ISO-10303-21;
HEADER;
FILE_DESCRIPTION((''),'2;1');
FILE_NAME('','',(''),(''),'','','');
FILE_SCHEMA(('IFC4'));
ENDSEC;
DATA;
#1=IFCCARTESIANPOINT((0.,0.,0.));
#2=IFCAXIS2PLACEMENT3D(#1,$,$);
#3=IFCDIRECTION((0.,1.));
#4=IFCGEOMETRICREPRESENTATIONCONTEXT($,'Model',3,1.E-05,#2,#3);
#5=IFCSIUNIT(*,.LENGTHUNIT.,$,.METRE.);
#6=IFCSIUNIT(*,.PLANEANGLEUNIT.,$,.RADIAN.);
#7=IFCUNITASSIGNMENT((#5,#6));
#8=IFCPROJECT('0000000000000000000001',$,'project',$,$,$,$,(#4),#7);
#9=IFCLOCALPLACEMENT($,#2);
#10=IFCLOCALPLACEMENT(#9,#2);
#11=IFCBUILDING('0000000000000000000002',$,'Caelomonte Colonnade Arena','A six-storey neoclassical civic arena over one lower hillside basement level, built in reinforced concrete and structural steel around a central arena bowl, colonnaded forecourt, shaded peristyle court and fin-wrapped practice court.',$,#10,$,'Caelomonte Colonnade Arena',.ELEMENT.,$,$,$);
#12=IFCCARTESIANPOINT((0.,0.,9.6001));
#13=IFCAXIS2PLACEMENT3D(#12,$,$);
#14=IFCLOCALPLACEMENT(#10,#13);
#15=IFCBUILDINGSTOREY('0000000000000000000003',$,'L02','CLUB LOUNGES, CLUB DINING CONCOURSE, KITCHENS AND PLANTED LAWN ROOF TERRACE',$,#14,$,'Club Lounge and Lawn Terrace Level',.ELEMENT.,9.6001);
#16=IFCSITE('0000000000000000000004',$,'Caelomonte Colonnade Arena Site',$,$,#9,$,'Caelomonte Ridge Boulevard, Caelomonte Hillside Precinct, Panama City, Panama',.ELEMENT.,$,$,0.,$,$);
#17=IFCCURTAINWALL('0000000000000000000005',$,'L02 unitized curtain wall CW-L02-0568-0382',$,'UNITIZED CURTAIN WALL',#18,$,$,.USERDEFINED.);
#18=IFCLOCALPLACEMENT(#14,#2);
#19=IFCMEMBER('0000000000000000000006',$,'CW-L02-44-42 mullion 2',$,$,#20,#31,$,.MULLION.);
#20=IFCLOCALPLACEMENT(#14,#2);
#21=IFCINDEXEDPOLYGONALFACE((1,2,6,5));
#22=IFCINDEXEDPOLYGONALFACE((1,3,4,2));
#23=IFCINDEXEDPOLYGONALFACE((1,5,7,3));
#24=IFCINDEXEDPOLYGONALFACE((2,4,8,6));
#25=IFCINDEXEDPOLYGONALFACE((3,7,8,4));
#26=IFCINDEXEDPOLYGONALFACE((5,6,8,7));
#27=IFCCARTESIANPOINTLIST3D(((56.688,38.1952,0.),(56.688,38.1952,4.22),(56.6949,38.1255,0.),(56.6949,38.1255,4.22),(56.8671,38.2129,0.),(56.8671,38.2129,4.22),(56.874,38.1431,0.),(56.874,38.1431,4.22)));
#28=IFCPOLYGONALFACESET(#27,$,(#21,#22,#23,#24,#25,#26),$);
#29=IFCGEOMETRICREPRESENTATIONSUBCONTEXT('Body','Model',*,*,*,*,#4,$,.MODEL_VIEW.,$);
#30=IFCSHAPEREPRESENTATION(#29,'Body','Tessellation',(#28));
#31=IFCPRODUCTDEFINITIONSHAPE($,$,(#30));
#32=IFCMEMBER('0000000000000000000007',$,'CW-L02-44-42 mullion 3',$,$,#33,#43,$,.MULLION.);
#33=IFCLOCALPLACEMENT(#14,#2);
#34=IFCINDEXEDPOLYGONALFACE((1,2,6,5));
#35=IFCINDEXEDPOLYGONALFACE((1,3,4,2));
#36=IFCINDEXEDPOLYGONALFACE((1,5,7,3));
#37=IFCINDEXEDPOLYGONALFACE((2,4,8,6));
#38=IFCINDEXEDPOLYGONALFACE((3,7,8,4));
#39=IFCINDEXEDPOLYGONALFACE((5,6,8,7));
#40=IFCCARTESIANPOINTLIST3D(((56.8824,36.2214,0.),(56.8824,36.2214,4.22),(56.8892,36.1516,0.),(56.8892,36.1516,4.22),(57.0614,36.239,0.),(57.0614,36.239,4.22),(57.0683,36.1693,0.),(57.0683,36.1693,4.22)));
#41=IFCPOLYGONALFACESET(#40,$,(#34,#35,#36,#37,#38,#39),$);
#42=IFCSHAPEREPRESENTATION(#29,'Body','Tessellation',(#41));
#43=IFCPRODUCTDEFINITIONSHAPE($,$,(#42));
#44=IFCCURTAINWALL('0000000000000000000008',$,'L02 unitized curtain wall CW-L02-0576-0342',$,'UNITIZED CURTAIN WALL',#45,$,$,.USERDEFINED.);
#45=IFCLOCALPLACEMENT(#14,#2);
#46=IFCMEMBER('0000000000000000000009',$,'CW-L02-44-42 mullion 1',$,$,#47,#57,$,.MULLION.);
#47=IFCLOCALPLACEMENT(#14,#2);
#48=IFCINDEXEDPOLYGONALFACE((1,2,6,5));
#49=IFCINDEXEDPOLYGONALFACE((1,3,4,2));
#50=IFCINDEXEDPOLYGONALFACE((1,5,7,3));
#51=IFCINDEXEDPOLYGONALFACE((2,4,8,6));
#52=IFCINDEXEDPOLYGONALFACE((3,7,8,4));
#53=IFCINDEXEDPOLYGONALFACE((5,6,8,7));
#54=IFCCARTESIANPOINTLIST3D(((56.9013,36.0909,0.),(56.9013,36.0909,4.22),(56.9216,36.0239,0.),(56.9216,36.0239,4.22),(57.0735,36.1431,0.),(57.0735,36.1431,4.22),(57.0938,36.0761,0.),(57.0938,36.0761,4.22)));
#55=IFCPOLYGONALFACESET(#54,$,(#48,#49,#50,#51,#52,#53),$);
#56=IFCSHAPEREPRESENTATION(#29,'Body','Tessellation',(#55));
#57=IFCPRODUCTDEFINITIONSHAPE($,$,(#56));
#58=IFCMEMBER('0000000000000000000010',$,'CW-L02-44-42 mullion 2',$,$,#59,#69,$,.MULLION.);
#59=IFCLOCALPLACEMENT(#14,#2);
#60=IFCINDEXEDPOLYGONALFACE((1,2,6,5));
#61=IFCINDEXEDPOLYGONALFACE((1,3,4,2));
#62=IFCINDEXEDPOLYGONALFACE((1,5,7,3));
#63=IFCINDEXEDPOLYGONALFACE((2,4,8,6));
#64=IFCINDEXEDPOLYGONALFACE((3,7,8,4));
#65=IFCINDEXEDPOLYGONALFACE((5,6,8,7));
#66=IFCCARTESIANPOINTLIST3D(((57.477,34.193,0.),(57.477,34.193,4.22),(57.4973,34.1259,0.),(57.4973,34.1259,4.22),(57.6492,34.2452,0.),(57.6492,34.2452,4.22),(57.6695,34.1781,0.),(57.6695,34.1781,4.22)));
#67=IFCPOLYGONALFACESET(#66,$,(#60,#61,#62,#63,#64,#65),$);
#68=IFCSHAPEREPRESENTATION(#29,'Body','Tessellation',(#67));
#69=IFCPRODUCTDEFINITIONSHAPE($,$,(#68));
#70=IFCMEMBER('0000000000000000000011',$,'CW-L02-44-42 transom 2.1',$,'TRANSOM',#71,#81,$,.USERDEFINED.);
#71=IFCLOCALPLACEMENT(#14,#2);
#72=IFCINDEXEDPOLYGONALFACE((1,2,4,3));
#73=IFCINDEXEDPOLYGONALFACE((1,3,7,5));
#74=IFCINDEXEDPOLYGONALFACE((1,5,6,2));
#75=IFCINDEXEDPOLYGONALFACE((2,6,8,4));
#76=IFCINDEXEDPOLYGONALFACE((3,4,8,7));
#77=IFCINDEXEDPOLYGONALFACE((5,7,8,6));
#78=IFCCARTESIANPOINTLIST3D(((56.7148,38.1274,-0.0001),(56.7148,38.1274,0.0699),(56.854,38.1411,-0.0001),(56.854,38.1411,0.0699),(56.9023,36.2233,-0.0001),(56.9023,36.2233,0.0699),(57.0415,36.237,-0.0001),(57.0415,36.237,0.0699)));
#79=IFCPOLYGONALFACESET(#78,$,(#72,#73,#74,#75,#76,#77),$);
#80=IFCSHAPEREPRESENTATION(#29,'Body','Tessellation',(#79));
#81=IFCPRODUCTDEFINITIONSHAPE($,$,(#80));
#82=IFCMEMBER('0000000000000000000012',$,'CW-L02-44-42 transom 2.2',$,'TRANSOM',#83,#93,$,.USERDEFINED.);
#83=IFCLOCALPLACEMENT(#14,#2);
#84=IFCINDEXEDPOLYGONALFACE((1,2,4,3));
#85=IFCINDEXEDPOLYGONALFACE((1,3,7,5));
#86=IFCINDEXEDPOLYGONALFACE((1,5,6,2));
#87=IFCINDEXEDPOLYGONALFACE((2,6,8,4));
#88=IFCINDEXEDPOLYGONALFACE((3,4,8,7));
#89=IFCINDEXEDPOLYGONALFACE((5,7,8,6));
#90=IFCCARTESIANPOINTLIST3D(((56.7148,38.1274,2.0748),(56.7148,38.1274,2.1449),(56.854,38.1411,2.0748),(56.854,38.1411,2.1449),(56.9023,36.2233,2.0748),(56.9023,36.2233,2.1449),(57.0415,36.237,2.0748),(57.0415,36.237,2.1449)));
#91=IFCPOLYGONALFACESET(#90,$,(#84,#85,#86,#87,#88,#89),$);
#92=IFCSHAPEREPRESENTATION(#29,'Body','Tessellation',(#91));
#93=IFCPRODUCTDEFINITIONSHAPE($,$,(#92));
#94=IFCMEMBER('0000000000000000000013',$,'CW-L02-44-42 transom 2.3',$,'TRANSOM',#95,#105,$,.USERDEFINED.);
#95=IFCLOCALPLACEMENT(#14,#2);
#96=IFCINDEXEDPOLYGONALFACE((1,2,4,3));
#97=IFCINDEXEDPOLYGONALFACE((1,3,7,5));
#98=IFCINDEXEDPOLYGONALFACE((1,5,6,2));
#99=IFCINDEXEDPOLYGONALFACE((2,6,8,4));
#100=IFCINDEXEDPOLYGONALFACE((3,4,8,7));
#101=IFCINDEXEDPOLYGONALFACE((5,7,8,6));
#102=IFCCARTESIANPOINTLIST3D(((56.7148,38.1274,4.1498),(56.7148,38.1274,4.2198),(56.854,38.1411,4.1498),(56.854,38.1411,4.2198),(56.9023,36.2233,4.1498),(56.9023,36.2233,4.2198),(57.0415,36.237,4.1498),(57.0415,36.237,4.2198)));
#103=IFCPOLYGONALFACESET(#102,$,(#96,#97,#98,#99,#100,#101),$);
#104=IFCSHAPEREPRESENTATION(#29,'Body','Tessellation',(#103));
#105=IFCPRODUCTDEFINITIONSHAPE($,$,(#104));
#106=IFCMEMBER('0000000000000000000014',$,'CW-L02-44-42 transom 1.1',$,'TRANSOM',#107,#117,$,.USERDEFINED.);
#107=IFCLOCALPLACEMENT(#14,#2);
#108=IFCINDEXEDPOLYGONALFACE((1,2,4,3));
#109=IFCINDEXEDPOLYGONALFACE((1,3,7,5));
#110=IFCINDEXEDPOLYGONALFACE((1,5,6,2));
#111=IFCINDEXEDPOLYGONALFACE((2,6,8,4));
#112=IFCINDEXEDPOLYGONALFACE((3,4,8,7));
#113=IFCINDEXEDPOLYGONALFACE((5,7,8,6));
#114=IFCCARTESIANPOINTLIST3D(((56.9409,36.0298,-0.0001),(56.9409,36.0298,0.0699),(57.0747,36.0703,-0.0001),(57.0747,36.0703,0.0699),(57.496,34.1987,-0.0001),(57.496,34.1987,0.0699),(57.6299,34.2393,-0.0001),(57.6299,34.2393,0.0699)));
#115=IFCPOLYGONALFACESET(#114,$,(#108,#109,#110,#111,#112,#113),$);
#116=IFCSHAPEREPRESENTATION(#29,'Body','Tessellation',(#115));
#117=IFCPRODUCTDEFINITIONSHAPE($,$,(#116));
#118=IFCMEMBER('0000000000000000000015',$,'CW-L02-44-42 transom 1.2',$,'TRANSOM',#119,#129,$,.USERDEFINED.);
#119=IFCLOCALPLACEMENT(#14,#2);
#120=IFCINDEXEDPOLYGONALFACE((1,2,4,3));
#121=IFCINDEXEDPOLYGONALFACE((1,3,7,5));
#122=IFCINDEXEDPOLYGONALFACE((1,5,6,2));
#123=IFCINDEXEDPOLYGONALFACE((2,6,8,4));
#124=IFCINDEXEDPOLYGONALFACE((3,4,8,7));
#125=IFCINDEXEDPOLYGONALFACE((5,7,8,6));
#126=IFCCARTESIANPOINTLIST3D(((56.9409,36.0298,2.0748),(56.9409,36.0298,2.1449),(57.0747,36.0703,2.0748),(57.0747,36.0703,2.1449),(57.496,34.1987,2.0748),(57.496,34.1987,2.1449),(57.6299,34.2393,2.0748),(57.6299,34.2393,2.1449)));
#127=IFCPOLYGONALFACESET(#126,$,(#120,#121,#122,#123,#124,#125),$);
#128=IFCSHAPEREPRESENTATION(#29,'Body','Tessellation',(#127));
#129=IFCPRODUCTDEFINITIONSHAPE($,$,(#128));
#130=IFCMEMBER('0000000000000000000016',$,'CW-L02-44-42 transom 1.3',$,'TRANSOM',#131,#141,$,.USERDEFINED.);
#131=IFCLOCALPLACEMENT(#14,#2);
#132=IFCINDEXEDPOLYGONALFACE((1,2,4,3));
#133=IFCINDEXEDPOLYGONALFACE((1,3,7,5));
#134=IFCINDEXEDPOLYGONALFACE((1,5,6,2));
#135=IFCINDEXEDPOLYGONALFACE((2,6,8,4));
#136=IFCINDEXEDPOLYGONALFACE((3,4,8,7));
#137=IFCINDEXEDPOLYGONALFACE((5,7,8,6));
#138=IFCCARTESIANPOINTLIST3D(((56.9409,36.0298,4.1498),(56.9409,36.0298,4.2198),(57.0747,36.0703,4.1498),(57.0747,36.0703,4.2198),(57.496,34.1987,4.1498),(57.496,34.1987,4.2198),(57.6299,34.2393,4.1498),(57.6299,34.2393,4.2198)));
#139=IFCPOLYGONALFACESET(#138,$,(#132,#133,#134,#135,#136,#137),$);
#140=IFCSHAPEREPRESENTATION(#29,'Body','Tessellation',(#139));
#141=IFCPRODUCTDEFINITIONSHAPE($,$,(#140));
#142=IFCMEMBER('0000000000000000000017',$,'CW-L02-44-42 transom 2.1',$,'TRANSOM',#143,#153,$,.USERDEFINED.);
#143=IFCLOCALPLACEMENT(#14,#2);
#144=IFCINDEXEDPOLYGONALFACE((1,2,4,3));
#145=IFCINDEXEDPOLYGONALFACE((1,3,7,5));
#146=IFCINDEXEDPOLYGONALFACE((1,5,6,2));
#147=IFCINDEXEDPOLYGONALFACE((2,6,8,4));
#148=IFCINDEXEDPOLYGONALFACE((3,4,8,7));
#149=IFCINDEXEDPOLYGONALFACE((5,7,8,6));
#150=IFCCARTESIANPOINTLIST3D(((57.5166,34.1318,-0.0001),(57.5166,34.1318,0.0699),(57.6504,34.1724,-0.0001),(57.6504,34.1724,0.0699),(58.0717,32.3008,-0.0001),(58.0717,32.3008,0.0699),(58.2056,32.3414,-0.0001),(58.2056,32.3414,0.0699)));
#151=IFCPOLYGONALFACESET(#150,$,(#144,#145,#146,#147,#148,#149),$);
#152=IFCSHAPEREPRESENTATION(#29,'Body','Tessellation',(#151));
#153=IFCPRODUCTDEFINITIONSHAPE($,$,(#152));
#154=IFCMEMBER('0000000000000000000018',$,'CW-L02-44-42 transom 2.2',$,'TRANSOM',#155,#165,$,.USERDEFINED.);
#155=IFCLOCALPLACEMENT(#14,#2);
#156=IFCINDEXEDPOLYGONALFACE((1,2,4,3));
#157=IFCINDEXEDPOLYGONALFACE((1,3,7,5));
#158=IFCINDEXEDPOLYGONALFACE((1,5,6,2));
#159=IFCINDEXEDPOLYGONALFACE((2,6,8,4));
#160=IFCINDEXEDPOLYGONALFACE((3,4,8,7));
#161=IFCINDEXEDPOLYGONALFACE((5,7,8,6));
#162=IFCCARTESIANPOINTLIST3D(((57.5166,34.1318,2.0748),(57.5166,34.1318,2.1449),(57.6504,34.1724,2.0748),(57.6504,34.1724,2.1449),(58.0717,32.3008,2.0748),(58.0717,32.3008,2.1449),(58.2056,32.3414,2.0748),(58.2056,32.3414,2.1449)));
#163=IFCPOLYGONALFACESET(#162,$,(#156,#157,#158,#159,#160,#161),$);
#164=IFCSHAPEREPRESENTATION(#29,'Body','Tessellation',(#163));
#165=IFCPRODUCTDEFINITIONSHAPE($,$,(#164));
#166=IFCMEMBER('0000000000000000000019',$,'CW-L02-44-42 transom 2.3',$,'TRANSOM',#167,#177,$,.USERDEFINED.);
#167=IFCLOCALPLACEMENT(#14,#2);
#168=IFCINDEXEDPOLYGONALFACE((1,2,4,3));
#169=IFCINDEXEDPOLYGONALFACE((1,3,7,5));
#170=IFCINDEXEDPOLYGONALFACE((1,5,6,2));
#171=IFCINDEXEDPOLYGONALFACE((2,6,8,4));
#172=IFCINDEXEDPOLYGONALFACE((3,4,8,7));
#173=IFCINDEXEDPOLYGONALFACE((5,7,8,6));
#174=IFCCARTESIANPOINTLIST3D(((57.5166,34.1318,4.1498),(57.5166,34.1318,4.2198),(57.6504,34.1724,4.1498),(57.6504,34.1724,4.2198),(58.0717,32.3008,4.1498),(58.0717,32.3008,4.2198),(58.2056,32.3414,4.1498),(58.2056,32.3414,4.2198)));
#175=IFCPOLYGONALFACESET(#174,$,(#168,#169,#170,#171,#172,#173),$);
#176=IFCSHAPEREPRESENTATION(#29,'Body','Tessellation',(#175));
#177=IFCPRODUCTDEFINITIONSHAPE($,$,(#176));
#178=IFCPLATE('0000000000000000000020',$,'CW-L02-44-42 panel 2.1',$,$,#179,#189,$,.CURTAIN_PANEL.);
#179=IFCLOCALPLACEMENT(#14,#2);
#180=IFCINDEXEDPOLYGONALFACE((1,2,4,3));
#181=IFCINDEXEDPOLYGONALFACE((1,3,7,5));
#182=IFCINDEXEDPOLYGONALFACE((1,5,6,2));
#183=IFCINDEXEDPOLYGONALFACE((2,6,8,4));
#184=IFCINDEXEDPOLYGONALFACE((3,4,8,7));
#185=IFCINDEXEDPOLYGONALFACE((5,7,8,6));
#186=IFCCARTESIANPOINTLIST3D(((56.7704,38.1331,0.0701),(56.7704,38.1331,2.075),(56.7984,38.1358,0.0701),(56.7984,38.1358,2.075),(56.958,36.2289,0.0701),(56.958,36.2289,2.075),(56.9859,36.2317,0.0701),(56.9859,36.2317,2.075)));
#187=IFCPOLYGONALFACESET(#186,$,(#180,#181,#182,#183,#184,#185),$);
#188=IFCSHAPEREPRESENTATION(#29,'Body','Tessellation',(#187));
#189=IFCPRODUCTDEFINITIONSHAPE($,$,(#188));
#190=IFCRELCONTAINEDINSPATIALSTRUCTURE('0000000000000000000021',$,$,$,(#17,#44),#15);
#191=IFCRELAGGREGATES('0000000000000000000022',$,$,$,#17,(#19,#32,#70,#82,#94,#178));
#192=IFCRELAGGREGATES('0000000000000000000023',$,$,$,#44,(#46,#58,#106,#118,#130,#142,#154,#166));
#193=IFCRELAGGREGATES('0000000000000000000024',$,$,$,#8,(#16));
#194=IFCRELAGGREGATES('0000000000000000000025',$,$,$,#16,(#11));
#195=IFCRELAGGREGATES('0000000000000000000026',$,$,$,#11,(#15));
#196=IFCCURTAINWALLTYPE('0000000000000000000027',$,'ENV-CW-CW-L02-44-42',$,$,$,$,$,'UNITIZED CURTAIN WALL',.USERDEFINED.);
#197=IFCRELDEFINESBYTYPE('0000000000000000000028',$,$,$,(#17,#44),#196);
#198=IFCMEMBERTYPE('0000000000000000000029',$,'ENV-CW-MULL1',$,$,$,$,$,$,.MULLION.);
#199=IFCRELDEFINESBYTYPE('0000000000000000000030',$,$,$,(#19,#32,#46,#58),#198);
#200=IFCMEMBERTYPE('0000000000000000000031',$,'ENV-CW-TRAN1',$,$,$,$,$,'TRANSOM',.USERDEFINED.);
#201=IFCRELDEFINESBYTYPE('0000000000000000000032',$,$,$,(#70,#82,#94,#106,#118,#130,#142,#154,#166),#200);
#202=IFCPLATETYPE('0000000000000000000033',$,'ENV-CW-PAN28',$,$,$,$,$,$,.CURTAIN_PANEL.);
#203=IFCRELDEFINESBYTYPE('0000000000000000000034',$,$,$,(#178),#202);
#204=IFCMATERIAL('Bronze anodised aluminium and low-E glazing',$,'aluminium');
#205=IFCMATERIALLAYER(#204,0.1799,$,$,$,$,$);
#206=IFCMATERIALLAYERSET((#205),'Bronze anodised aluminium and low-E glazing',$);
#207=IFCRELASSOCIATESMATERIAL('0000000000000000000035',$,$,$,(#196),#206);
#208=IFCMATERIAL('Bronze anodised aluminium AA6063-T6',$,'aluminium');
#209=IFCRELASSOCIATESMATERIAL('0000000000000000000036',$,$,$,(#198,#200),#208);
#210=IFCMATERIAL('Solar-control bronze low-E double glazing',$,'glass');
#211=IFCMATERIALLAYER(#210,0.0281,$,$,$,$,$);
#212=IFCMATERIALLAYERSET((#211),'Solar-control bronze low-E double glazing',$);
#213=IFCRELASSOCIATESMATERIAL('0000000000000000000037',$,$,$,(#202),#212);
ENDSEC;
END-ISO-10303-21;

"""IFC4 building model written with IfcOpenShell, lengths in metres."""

from ifc_helpers import new_model, si_unit, direction, frame, origin, origin_2d, place, context, subcontext, project, spatial, rectangle, extrude, material, layer, layer_set, material_profile, profile_set, type_object, element, aggregate, save


model = new_model("IFC4")

# Units and contexts
model_context = context("Model", 3, precision=1e-05, world=origin(), true_north=direction((0.0, 1.0)))
body_context = subcontext(model_context, "Body", "Model", "MODEL_VIEW")
ifc_project = project(units=[si_unit("LENGTHUNIT", "METRE"), si_unit("PLANEANGLEUNIT", "RADIAN")], contexts=[model_context])

# Site, building, storey
site_placement = place(None, origin())
site = spatial("IfcSite", under=ifc_project, at=site_placement, Name="Caelomonte Colonnade Arena Site", LongName="Caelomonte Ridge Boulevard, Caelomonte Hillside Precinct, Panama City, Panama", CompositionType="ELEMENT", RefElevation=0.0)
building_placement = place(site_placement, origin())
building = spatial("IfcBuilding", under=site, at=building_placement, Name="Caelomonte Colonnade Arena", Description="A six-storey neoclassical civic arena over one lower hillside basement level, built in reinforced concrete and structural steel around a central arena bowl, colonnaded forecourt, shaded peristyle court and fin-wrapped practice court.", LongName="Caelomonte Colonnade Arena", CompositionType="ELEMENT")
storey_placement = place(building_placement, frame((0.0, 0.0, 9.6001)))
storey = spatial("IfcBuildingStorey", under=building, at=storey_placement, Name="L02", Description="CLUB LOUNGES, CLUB DINING CONCOURSE, KITCHENS AND PLANTED LAWN ROOF TERRACE", LongName="Club Lounge and Lawn Terrace Level", CompositionType="ELEMENT", Elevation=9.6001)

# Curtain walls, members
ifc_material_1 = material(Name="Bronze anodised aluminium and low-E glazing", Category="aluminium")
ifc_layer_1 = layer(ifc_material_1, 0.1799)
ifc_layer_set_1 = layer_set([ifc_layer_1], Name="Bronze anodised aluminium and low-E glazing")
curtain_wall_type = type_object("IfcCurtainWallType", Name="ENV-CW-CW-L02-44-42", ElementType="UNITIZED CURTAIN WALL", PredefinedType="USERDEFINED", material=ifc_layer_set_1)
curtain_wall_1_placement = place(storey_placement, origin())
curtain_wall_1 = element("IfcCurtainWall", 1, at=curtain_wall_1_placement, inside=storey, type_object=curtain_wall_type, Name="L02 unitized curtain wall CW-L02-0568-0382", ObjectType="UNITIZED CURTAIN WALL", PredefinedType="USERDEFINED")
ifc_material_2 = material(Name="Bronze anodised aluminium AA6063-T6", Category="aluminium")
ifc_material_profile_1 = material_profile(ifc_material_2, rectangle(XDim=0.0701, YDim=0.1799, at=origin_2d()), Name="CWM-70X180")
ifc_profile_set_1 = profile_set([ifc_material_profile_1], Name="Bronze anodised aluminium AA6063-T6")
member_type_1 = type_object("IfcMemberType", Name="ENV-CW-MULL1", PredefinedType="MULLION", material=ifc_profile_set_1)
member_1_placement = place(storey_placement, frame((56.781, 38.1692, 0.0), z_axis=(0.0, 0.0, 1.0), x_axis=(0.098002, -0.995186, 0.0)))
member_1 = element("IfcMember", 2, at=member_1_placement, type_object=member_type_1, Name="CW-L02-44-42 mullion 2", PredefinedType="MULLION", context=body_context, shape_type="SweptSolid", body=[
    extrude(rectangle(XDim=0.0701, YDim=0.1799, at=origin_2d()), origin(), (0.0, 0.0, 1.0), 4.22),
])
member_2_placement = place(storey_placement, frame((56.9753, 36.1953, 0.0), z_axis=(0.0, 0.0, 1.0), x_axis=(0.098002, -0.995186, 0.0)))
member_2 = element("IfcMember", 3, at=member_2_placement, type_object=member_type_1, Name="CW-L02-44-42 mullion 3", PredefinedType="MULLION", context=body_context, shape_type="SweptSolid", body=[
    extrude(rectangle(XDim=0.0701, YDim=0.1799, at=origin_2d()), origin(), (0.0, 0.0, 1.0), 4.22),
])
curtain_wall_2_placement = place(storey_placement, origin())
curtain_wall_2 = element("IfcCurtainWall", 4, at=curtain_wall_2_placement, inside=storey, type_object=curtain_wall_type, Name="L02 unitized curtain wall CW-L02-0576-0342", ObjectType="UNITIZED CURTAIN WALL", PredefinedType="USERDEFINED")
member_3_placement = place(storey_placement, frame((56.9976, 36.0835, 0.0), z_axis=(0.0, 0.0, 1.0), x_axis=(0.290256, -0.956949, 0.0)))
member_3 = element("IfcMember", 5, at=member_3_placement, type_object=member_type_1, Name="CW-L02-44-42 mullion 1", PredefinedType="MULLION", context=body_context, shape_type="SweptSolid", body=[
    extrude(rectangle(XDim=0.0701, YDim=0.1799, at=origin_2d()), origin(), (0.0, 0.0, 1.0), 4.22),
])
member_4_placement = place(storey_placement, frame((57.5732, 34.1855, 0.0), z_axis=(0.0, 0.0, 1.0), x_axis=(0.290256, -0.956949, 0.0)))
member_4 = element("IfcMember", 6, at=member_4_placement, type_object=member_type_1, Name="CW-L02-44-42 mullion 2", PredefinedType="MULLION", context=body_context, shape_type="SweptSolid", body=[
    extrude(rectangle(XDim=0.0701, YDim=0.1799, at=origin_2d()), origin(), (0.0, 0.0, 1.0), 4.22),
])

# Members
ifc_material_profile_2 = material_profile(ifc_material_2, rectangle(XDim=0.0701, YDim=0.1399, at=origin_2d()), Name="CWT-70X140")
ifc_profile_set_2 = profile_set([ifc_material_profile_2], Name="Bronze anodised aluminium AA6063-T6")
member_type_2 = type_object("IfcMemberType", Name="ENV-CW-TRAN1", ElementType="TRANSOM", PredefinedType="USERDEFINED", material=ifc_profile_set_2)
member_5_placement = place(storey_placement, frame((56.7844, 38.1343, 0.0349), z_axis=(0.098, -0.995186, 0.0), x_axis=(0.0, 0.0, 1.0)))
member_5 = element("IfcMember", 7, at=member_5_placement, type_object=member_type_2, Name="CW-L02-44-42 transom 2.1", ObjectType="TRANSOM", PredefinedType="USERDEFINED", context=body_context, shape_type="SweptSolid", body=[
    extrude(rectangle(XDim=0.0701, YDim=0.1399, at=origin_2d()), origin(), (0.0, 0.0, 1.0), 1.9133),
])
member_6_placement = place(storey_placement, frame((56.7844, 38.1343, 2.1099), z_axis=(0.098, -0.995186, 0.0), x_axis=(0.0, 0.0, 1.0)))
member_6 = element("IfcMember", 8, at=member_6_placement, type_object=member_type_2, Name="CW-L02-44-42 transom 2.2", ObjectType="TRANSOM", PredefinedType="USERDEFINED", context=body_context, shape_type="SweptSolid", body=[
    extrude(rectangle(XDim=0.0701, YDim=0.1399, at=origin_2d()), origin(), (0.0, 0.0, 1.0), 1.9133),
])
member_7_placement = place(storey_placement, frame((56.7844, 38.1343, 4.1848), z_axis=(0.098, -0.995186, 0.0), x_axis=(0.0, 0.0, 1.0)))
member_7 = element("IfcMember", 9, at=member_7_placement, type_object=member_type_2, Name="CW-L02-44-42 transom 2.3", ObjectType="TRANSOM", PredefinedType="USERDEFINED", context=body_context, shape_type="SweptSolid", body=[
    extrude(rectangle(XDim=0.0701, YDim=0.1399, at=origin_2d()), origin(), (0.0, 0.0, 1.0), 1.9133),
])
member_8_placement = place(storey_placement, frame((57.0078, 36.05, 0.0349), z_axis=(0.290156, -0.956979, 0.0), x_axis=(0.0, 0.0, 1.0)))
member_8 = element("IfcMember", 10, at=member_8_placement, type_object=member_type_2, Name="CW-L02-44-42 transom 1.1", ObjectType="TRANSOM", PredefinedType="USERDEFINED", context=body_context, shape_type="SweptSolid", body=[
    extrude(rectangle(XDim=0.0701, YDim=0.1399, at=origin_2d()), origin(), (0.0, 0.0, 1.0), 1.9133),
])
member_9_placement = place(storey_placement, frame((57.0078, 36.05, 2.1099), z_axis=(0.290156, -0.956979, 0.0), x_axis=(0.0, 0.0, 1.0)))
member_9 = element("IfcMember", 11, at=member_9_placement, type_object=member_type_2, Name="CW-L02-44-42 transom 1.2", ObjectType="TRANSOM", PredefinedType="USERDEFINED", context=body_context, shape_type="SweptSolid", body=[
    extrude(rectangle(XDim=0.0701, YDim=0.1399, at=origin_2d()), origin(), (0.0, 0.0, 1.0), 1.9133),
])
member_10_placement = place(storey_placement, frame((57.0078, 36.05, 4.1848), z_axis=(0.290156, -0.956979, 0.0), x_axis=(0.0, 0.0, 1.0)))
member_10 = element("IfcMember", 12, at=member_10_placement, type_object=member_type_2, Name="CW-L02-44-42 transom 1.3", ObjectType="TRANSOM", PredefinedType="USERDEFINED", context=body_context, shape_type="SweptSolid", body=[
    extrude(rectangle(XDim=0.0701, YDim=0.1399, at=origin_2d()), origin(), (0.0, 0.0, 1.0), 1.9133),
])
member_11_placement = place(storey_placement, frame((57.5835, 34.1521, 0.0349), z_axis=(0.290156, -0.956979, 0.0), x_axis=(0.0, 0.0, 1.0)))
member_11 = element("IfcMember", 13, at=member_11_placement, type_object=member_type_2, Name="CW-L02-44-42 transom 2.1", ObjectType="TRANSOM", PredefinedType="USERDEFINED", context=body_context, shape_type="SweptSolid", body=[
    extrude(rectangle(XDim=0.0701, YDim=0.1399, at=origin_2d()), origin(), (0.0, 0.0, 1.0), 1.9133),
])
member_12_placement = place(storey_placement, frame((57.5835, 34.1521, 2.1099), z_axis=(0.290156, -0.956979, 0.0), x_axis=(0.0, 0.0, 1.0)))
member_12 = element("IfcMember", 14, at=member_12_placement, type_object=member_type_2, Name="CW-L02-44-42 transom 2.2", ObjectType="TRANSOM", PredefinedType="USERDEFINED", context=body_context, shape_type="SweptSolid", body=[
    extrude(rectangle(XDim=0.0701, YDim=0.1399, at=origin_2d()), origin(), (0.0, 0.0, 1.0), 1.9133),
])
member_13_placement = place(storey_placement, frame((57.5835, 34.1521, 4.1848), z_axis=(0.290156, -0.956979, 0.0), x_axis=(0.0, 0.0, 1.0)))
member_13 = element("IfcMember", 15, at=member_13_placement, type_object=member_type_2, Name="CW-L02-44-42 transom 2.3", ObjectType="TRANSOM", PredefinedType="USERDEFINED", context=body_context, shape_type="SweptSolid", body=[
    extrude(rectangle(XDim=0.0701, YDim=0.1399, at=origin_2d()), origin(), (0.0, 0.0, 1.0), 1.9133),
])

# Plate
ifc_material_3 = material(Name="Solar-control bronze low-E double glazing", Category="glass")
ifc_layer_2 = layer(ifc_material_3, 0.0281)
ifc_layer_set_2 = layer_set([ifc_layer_2], Name="Solar-control bronze low-E double glazing")
plate_type = type_object("IfcPlateType", Name="ENV-CW-PAN28", PredefinedType="CURTAIN_PANEL", material=ifc_layer_set_2)
plate_1_placement = place(storey_placement, frame((56.8782, 37.1824, 0.0701), z_axis=(0.0, 0.0, 1.0), x_axis=(0.098002, -0.995186, 0.0)))
plate_1 = element("IfcPlate", 16, at=plate_1_placement, type_object=plate_type, Name="CW-L02-44-42 panel 2.1", PredefinedType="CURTAIN_PANEL", context=body_context, shape_type="SweptSolid", body=[
    extrude(rectangle(XDim=1.9133, YDim=0.0281, at=origin_2d()), origin(), (0.0, 0.0, 1.0), 2.0049),
])
aggregate(curtain_wall_1, [member_1, member_2, member_5, member_6, member_7, plate_1])
aggregate(curtain_wall_2, [member_3, member_4, member_8, member_9, member_10, member_11, member_12, member_13])

save(model, "model.ifc")
